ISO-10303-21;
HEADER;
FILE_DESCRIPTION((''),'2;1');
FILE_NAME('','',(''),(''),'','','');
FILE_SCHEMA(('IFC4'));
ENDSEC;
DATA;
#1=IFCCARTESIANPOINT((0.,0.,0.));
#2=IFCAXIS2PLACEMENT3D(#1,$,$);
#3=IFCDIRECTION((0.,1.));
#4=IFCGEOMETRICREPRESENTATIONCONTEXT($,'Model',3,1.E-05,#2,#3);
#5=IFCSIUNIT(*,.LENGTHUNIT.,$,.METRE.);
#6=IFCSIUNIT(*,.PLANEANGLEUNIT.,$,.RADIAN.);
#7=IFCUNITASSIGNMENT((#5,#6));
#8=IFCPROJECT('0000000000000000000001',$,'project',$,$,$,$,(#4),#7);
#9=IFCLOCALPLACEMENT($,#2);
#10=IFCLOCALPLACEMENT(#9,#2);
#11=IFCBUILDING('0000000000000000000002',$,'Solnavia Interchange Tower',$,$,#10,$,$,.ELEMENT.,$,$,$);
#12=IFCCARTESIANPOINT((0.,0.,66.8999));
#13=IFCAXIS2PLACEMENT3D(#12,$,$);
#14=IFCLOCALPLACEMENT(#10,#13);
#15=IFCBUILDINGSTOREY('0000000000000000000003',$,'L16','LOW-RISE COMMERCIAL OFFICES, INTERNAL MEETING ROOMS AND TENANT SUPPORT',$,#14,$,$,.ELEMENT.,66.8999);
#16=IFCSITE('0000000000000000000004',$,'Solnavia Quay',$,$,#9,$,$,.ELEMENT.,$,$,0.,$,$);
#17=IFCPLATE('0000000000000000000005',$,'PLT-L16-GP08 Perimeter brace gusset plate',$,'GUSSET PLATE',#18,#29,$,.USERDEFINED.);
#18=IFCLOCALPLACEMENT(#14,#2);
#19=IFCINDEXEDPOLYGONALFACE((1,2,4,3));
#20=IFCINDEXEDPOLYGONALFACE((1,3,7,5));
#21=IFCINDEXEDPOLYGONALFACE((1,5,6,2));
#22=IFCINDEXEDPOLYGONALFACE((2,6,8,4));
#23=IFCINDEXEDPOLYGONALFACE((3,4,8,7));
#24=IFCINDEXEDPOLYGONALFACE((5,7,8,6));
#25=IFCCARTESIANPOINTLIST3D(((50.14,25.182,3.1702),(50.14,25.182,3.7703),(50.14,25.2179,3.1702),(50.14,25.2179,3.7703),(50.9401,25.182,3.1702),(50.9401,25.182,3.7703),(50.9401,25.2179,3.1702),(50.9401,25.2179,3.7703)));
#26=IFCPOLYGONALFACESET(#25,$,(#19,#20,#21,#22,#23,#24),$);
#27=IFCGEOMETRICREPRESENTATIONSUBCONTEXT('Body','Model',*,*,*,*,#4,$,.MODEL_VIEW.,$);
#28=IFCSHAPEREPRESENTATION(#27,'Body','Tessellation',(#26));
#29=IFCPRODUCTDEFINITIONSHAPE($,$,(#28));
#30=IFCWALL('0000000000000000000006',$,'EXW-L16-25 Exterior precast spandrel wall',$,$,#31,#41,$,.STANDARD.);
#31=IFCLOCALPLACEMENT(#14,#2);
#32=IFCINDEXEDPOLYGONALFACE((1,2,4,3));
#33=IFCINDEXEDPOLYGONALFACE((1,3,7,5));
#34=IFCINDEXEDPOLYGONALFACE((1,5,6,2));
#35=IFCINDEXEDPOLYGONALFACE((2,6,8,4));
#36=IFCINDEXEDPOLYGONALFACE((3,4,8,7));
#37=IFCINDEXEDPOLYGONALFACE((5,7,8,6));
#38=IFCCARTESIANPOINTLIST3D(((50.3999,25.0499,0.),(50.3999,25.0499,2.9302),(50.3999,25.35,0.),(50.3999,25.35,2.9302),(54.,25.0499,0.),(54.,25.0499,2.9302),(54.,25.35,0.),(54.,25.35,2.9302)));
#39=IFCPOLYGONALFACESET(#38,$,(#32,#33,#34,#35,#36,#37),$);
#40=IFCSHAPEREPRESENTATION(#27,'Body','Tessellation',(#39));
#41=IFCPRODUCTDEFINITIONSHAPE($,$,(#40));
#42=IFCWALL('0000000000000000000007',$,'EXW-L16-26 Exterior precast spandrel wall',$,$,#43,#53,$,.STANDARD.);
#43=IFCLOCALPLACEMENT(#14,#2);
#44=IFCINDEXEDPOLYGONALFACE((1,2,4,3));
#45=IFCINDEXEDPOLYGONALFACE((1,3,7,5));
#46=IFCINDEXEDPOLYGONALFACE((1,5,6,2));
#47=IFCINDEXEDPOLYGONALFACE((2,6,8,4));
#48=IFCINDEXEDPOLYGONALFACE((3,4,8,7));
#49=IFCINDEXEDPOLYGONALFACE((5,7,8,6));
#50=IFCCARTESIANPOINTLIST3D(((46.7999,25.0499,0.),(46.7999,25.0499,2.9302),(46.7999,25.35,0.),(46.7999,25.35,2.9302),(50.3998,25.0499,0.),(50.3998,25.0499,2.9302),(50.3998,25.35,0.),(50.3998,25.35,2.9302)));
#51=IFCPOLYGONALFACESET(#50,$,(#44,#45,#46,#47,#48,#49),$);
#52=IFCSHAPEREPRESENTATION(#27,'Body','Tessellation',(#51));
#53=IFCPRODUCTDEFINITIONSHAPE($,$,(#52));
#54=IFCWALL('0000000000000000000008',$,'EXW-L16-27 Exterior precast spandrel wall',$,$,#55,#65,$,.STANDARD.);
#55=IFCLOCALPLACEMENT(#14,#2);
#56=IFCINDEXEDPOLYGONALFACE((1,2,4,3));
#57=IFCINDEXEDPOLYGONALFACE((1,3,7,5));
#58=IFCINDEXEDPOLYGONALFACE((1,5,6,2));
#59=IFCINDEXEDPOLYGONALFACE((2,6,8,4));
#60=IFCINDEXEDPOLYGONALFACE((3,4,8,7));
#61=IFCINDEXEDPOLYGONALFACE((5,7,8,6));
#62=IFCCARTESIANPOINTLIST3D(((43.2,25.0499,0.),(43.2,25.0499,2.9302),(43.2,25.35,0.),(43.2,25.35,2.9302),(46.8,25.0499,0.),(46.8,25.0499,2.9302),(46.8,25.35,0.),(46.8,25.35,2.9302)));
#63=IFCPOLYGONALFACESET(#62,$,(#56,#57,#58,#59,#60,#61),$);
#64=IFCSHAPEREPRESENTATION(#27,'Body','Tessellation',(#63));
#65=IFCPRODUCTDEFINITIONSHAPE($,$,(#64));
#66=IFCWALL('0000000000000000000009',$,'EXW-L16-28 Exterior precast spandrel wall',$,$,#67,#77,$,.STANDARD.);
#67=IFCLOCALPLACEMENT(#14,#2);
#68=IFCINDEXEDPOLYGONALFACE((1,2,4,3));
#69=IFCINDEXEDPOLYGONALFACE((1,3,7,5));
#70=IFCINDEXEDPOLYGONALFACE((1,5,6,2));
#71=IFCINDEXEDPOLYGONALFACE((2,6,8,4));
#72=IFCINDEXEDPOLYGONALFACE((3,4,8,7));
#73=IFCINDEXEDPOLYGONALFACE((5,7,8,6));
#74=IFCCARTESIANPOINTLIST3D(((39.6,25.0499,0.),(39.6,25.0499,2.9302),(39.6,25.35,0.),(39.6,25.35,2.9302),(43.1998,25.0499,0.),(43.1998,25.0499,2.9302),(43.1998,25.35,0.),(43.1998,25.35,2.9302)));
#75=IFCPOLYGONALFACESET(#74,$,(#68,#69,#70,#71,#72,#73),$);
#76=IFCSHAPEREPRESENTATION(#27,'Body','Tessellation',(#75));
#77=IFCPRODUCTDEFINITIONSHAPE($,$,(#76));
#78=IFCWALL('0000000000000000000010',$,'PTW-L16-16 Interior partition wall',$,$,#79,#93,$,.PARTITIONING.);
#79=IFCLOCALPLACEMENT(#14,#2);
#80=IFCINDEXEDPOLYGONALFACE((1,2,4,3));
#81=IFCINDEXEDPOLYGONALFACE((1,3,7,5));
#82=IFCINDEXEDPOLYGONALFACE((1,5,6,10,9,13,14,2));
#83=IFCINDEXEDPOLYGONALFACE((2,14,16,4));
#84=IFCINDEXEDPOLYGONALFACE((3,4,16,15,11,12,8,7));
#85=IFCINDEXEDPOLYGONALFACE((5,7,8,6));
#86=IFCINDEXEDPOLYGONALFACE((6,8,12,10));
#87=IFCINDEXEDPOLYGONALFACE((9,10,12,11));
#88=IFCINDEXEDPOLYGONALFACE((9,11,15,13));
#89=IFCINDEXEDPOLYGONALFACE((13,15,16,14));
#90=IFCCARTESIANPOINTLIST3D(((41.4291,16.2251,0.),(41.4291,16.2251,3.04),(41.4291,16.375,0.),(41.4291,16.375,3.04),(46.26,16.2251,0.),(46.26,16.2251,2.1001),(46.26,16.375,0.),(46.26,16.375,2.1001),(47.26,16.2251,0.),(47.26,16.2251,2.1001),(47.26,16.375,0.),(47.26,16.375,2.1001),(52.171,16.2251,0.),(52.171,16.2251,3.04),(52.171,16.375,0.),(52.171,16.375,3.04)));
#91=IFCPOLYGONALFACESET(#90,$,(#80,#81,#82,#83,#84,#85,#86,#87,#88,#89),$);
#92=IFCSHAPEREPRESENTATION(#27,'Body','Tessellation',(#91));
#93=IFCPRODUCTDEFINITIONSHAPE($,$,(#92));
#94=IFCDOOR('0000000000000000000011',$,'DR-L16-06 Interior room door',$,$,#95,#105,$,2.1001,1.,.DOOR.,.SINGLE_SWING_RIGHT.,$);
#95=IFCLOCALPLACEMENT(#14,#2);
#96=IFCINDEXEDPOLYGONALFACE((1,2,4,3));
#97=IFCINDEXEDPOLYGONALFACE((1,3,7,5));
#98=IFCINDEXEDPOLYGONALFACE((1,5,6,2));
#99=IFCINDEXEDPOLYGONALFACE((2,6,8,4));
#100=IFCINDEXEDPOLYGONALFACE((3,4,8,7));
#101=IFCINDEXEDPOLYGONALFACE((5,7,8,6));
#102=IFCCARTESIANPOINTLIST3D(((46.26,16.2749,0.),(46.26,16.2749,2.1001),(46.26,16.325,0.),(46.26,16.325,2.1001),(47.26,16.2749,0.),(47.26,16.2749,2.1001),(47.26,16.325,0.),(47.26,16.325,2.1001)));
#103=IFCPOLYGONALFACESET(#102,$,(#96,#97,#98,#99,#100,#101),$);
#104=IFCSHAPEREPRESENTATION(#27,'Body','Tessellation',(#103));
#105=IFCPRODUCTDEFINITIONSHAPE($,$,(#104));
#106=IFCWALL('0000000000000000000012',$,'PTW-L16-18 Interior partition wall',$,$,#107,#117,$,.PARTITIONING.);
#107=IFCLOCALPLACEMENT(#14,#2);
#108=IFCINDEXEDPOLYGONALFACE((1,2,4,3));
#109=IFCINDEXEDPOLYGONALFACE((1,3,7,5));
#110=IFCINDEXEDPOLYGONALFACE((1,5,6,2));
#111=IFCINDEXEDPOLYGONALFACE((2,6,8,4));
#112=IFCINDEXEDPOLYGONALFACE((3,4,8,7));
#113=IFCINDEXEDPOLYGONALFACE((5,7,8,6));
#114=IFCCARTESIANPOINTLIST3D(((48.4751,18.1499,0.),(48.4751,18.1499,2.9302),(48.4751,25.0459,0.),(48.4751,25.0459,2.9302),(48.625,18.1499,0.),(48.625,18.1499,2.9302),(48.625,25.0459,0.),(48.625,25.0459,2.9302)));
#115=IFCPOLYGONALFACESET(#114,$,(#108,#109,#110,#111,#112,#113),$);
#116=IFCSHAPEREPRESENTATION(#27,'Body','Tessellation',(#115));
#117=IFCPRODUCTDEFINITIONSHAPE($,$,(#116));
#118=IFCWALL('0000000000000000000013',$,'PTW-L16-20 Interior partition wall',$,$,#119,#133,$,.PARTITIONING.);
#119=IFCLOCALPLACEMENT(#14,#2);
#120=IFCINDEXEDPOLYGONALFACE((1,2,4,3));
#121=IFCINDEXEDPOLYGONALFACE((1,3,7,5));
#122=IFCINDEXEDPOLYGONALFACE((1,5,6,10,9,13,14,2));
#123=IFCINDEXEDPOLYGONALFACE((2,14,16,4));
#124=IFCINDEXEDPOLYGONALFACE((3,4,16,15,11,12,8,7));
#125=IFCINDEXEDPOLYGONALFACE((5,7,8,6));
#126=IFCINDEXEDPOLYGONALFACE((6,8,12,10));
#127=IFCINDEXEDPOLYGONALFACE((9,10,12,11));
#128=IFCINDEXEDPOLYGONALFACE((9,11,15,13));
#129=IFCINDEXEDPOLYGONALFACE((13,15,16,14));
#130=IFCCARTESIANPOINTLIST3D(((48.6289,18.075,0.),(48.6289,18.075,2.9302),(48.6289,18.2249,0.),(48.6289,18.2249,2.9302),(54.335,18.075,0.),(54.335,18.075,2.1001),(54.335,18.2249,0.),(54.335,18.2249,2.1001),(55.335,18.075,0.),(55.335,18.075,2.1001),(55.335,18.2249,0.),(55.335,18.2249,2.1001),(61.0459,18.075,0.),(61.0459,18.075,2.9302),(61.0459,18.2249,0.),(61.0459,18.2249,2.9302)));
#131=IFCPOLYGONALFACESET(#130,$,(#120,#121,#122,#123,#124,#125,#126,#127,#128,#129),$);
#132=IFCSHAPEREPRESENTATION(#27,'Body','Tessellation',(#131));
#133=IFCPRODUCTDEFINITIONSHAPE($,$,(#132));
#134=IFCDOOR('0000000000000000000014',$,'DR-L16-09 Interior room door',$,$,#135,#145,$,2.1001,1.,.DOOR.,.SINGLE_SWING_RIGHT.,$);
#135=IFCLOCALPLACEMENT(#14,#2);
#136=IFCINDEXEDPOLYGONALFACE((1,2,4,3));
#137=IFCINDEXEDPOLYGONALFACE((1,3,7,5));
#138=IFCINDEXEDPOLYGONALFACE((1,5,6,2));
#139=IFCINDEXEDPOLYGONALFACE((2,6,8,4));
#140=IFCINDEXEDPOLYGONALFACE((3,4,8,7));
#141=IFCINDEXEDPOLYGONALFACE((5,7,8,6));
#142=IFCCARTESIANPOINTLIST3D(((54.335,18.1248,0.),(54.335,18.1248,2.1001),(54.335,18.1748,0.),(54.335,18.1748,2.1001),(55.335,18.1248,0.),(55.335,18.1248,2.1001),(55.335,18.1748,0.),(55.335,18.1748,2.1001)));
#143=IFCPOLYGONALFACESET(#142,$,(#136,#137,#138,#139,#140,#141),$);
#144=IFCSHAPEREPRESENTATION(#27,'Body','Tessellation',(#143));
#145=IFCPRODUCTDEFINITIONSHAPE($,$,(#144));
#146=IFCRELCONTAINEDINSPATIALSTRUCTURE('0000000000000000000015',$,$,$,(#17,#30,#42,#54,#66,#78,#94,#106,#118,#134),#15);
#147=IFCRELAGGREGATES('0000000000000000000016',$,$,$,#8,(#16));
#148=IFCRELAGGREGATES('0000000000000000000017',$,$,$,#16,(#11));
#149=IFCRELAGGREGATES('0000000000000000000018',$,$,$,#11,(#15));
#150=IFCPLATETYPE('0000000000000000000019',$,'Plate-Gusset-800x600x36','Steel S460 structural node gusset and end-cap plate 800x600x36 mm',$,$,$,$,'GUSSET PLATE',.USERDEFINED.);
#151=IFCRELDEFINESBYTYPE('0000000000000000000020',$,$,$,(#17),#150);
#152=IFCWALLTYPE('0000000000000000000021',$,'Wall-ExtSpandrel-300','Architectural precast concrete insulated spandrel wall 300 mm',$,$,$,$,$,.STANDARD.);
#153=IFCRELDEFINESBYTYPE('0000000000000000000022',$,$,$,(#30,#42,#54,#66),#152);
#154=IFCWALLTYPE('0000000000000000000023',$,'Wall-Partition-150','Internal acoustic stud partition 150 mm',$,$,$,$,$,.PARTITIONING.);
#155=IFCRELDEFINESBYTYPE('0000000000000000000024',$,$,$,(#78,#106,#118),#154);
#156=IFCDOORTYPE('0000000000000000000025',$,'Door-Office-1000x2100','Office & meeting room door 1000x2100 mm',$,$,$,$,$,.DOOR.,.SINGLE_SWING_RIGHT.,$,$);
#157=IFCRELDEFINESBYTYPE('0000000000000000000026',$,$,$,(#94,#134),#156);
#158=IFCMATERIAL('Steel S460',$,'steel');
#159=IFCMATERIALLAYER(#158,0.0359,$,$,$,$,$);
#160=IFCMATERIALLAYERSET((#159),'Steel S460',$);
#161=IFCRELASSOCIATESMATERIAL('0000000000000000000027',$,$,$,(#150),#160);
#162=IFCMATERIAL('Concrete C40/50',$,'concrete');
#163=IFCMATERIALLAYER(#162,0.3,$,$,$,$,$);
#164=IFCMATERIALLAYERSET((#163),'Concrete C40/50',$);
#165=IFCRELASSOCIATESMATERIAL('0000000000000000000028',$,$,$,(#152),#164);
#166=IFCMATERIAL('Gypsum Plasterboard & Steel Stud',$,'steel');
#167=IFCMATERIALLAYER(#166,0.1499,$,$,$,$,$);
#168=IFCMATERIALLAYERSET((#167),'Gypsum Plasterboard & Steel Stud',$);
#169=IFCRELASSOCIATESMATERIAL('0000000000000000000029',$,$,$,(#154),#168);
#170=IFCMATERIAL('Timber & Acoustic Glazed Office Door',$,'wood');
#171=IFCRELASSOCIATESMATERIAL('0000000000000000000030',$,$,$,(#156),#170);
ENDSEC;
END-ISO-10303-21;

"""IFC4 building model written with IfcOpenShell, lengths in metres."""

from ifc_helpers import new_model, si_unit, direction, frame, frame_2d, origin, origin_2d, place, context, subcontext, project, spatial, rectangle, extrude, material, layer, layer_set, type_object, element, fill, save


model = new_model("IFC4")

# Units and contexts
model_context = context("Model", 3, precision=1e-05, world=origin(), true_north=direction((0.0, 1.0)))
body_context = subcontext(model_context, "Body", "Model", "MODEL_VIEW")
ifc_project = project(units=[si_unit("LENGTHUNIT", "METRE"), si_unit("PLANEANGLEUNIT", "RADIAN")], contexts=[model_context])

# Site, building, storey
site_placement = place(None, origin())
site = spatial("IfcSite", under=ifc_project, at=site_placement, Name="Solnavia Quay", CompositionType="ELEMENT", RefElevation=0.0)
building_placement = place(site_placement, origin())
building = spatial("IfcBuilding", under=site, at=building_placement, Name="Solnavia Interchange Tower", CompositionType="ELEMENT")
storey_placement = place(building_placement, frame((0.0, 0.0, 66.8999)))
storey = spatial("IfcBuildingStorey", under=building, at=storey_placement, Name="L16", Description="LOW-RISE COMMERCIAL OFFICES, INTERNAL MEETING ROOMS AND TENANT SUPPORT", CompositionType="ELEMENT", Elevation=66.8999)

# Plate
ifc_material_1 = material(Name="Steel S460", Category="steel")
ifc_layer_1 = layer(ifc_material_1, 0.0359)
ifc_layer_set_1 = layer_set([ifc_layer_1], Name="Steel S460")
plate_type = type_object("IfcPlateType", Name="Plate-Gusset-800x600x36", Description="Steel S460 structural node gusset and end-cap plate 800x600x36 mm", ElementType="GUSSET PLATE", PredefinedType="USERDEFINED", material=ifc_layer_set_1)
plate_placement = place(storey_placement, frame((50.54, 25.2, 3.1702), z_axis=(0.0, 0.0, 1.0), x_axis=(-1.0, 0.0, 0.0)))
element("IfcPlate", 1, at=plate_placement, inside=storey, type_object=plate_type, Name="PLT-L16-GP08 Perimeter brace gusset plate", ObjectType="GUSSET PLATE", PredefinedType="USERDEFINED", context=body_context, shape_type="SweptSolid", body=[
    extrude(rectangle(XDim=0.8, YDim=0.0359, at=origin_2d()), origin(), (0.0, 0.0, 1.0), 0.6001),
])

# Walls
ifc_material_2 = material(Name="Concrete C40/50", Category="concrete")
ifc_layer_2 = layer(ifc_material_2, 0.3)
ifc_layer_set_2 = layer_set([ifc_layer_2], Name="Concrete C40/50")
wall_type_1 = type_object("IfcWallType", Name="Wall-ExtSpandrel-300", Description="Architectural precast concrete insulated spandrel wall 300 mm", PredefinedType="STANDARD", material=ifc_layer_set_2)
wall_1_placement = place(storey_placement, frame((50.3999, 25.2, 0.0), z_axis=(0.0, 0.0, 1.0), x_axis=(1.0, 0.0, 0.0)))
element("IfcWall", 2, at=wall_1_placement, inside=storey, type_object=wall_type_1, Name="EXW-L16-25 Exterior precast spandrel wall", PredefinedType="STANDARD", context=body_context, shape_type="SweptSolid", body=[
    extrude(rectangle(XDim=3.6001, YDim=0.3, at=frame_2d((1.8, 0.0))), origin(), (0.0, 0.0, 1.0), 2.9302),
])
wall_2_placement = place(storey_placement, frame((46.8, 25.2, 0.0), z_axis=(0.0, 0.0, 1.0), x_axis=(1.0, 0.0, 0.0)))
element("IfcWall", 3, at=wall_2_placement, inside=storey, type_object=wall_type_1, Name="EXW-L16-26 Exterior precast spandrel wall", PredefinedType="STANDARD", context=body_context, shape_type="SweptSolid", body=[
    extrude(rectangle(XDim=3.5999, YDim=0.3, at=frame_2d((1.7998, 0.0))), origin(), (0.0, 0.0, 1.0), 2.9302),
])
wall_3_placement = place(storey_placement, frame((43.2, 25.2, 0.0), z_axis=(0.0, 0.0, 1.0), x_axis=(1.0, 0.0, 0.0)))
element("IfcWall", 4, at=wall_3_placement, inside=storey, type_object=wall_type_1, Name="EXW-L16-27 Exterior precast spandrel wall", PredefinedType="STANDARD", context=body_context, shape_type="SweptSolid", body=[
    extrude(rectangle(XDim=3.6001, YDim=0.3, at=frame_2d((1.8, 0.0))), origin(), (0.0, 0.0, 1.0), 2.9302),
])
wall_4_placement = place(storey_placement, frame((39.6001, 25.2, 0.0), z_axis=(0.0, 0.0, 1.0), x_axis=(1.0, 0.0, 0.0)))
element("IfcWall", 5, at=wall_4_placement, inside=storey, type_object=wall_type_1, Name="EXW-L16-28 Exterior precast spandrel wall", PredefinedType="STANDARD", context=body_context, shape_type="SweptSolid", body=[
    extrude(rectangle(XDim=3.5999, YDim=0.3, at=frame_2d((1.7998, 0.0))), origin(), (0.0, 0.0, 1.0), 2.9302),
])

# Wall, opening, door
ifc_material_3 = material(Name="Gypsum Plasterboard & Steel Stud", Category="steel")
ifc_layer_3 = layer(ifc_material_3, 0.1499)
ifc_layer_set_3 = layer_set([ifc_layer_3], Name="Gypsum Plasterboard & Steel Stud")
wall_type_2 = type_object("IfcWallType", Name="Wall-Partition-150", Description="Internal acoustic stud partition 150 mm", PredefinedType="PARTITIONING", material=ifc_layer_set_3)
wall_5_placement = place(storey_placement, frame((41.429, 16.3, 0.0), z_axis=(0.0, 0.0, 1.0), x_axis=(1.0, 0.0, 0.0)))
wall_5 = element("IfcWall", 6, at=wall_5_placement, inside=storey, type_object=wall_type_2, Name="PTW-L16-16 Interior partition wall", PredefinedType="PARTITIONING", context=body_context, shape_type="SweptSolid", body=[
    extrude(rectangle(XDim=10.7419, YDim=0.1499, at=frame_2d((5.3711, 0.0))), origin(), (0.0, 0.0, 1.0), 3.04),
])
opening_1_placement = place(wall_5_placement, frame((4.8311, 0.0, 0.0)))
opening_1 = element("IfcOpeningElement", 7, at=opening_1_placement, cuts=wall_5, PredefinedType="OPENING", context=body_context, shape_type="SweptSolid", body=[
    extrude(rectangle(XDim=1.0, YDim=2.1001, at=frame_2d((0.5, 1.05))), frame((0.0, 0.085, 0.0), z_axis=(0.0, -1.0, 0.0), x_axis=(1.0, 0.0, 0.0)), (0.0, 0.0, 1.0), 0.1699),
])
ifc_material_4 = material(Name="Timber & Acoustic Glazed Office Door", Category="wood")
door_type = type_object("IfcDoorType", Name="Door-Office-1000x2100", Description="Office & meeting room door 1000x2100 mm", OperationType="SINGLE_SWING_RIGHT", PredefinedType="DOOR", material=ifc_material_4)
door_1_placement = place(opening_1_placement, origin())
door_1 = element("IfcDoor", 8, at=door_1_placement, inside=storey, type_object=door_type, Name="DR-L16-06 Interior room door", OperationType="SINGLE_SWING_RIGHT", OverallHeight=2.1001, OverallWidth=1.0, PredefinedType="DOOR", context=body_context, shape_type="SweptSolid", body=[
    extrude(rectangle(XDim=1.0, YDim=2.1001, at=frame_2d((0.5, 1.05))), frame((0.0, 0.0249, 0.0), z_axis=(0.0, -1.0, 0.0), x_axis=(1.0, 0.0, 0.0)), (0.0, 0.0, 1.0), 0.05),
])
fill(opening_1, door_1)

# Wall
wall_6_placement = place(storey_placement, frame((48.55, 18.1499, 0.0), z_axis=(0.0, 0.0, 1.0), x_axis=(0.0, 1.0, 0.0)))
element("IfcWall", 9, at=wall_6_placement, inside=storey, type_object=wall_type_2, Name="PTW-L16-18 Interior partition wall", PredefinedType="PARTITIONING", context=body_context, shape_type="SweptSolid", body=[
    extrude(rectangle(XDim=6.896, YDim=0.1499, at=frame_2d((3.448, 0.0))), origin(), (0.0, 0.0, 1.0), 2.9302),
])

# Wall, opening, door
wall_7_placement = place(storey_placement, frame((48.6289, 18.1499, 0.0), z_axis=(0.0, 0.0, 1.0), x_axis=(1.0, 0.0, 0.0)))
wall_7 = element("IfcWall", 10, at=wall_7_placement, inside=storey, type_object=wall_type_2, Name="PTW-L16-20 Interior partition wall", PredefinedType="PARTITIONING", context=body_context, shape_type="SweptSolid", body=[
    extrude(rectangle(XDim=12.417, YDim=0.1499, at=frame_2d((6.2085, 0.0))), origin(), (0.0, 0.0, 1.0), 2.9302),
])
opening_2_placement = place(wall_7_placement, frame((5.7061, 0.0, 0.0)))
opening_2 = element("IfcOpeningElement", 11, at=opening_2_placement, cuts=wall_7, PredefinedType="OPENING", context=body_context, shape_type="SweptSolid", body=[
    extrude(rectangle(XDim=1.0, YDim=2.1001, at=frame_2d((0.5, 1.05))), frame((0.0, 0.085, 0.0), z_axis=(0.0, -1.0, 0.0), x_axis=(1.0, 0.0, 0.0)), (0.0, 0.0, 1.0), 0.1699),
])
door_2_placement = place(opening_2_placement, origin())
door_2 = element("IfcDoor", 12, at=door_2_placement, inside=storey, type_object=door_type, Name="DR-L16-09 Interior room door", OperationType="SINGLE_SWING_RIGHT", OverallHeight=2.1001, OverallWidth=1.0, PredefinedType="DOOR", context=body_context, shape_type="SweptSolid", body=[
    extrude(rectangle(XDim=1.0, YDim=2.1001, at=frame_2d((0.5, 1.05))), frame((0.0, 0.0249, 0.0), z_axis=(0.0, -1.0, 0.0), x_axis=(1.0, 0.0, 0.0)), (0.0, 0.0, 1.0), 0.05),
])
fill(opening_2, door_2)

save(model, "model.ifc")
